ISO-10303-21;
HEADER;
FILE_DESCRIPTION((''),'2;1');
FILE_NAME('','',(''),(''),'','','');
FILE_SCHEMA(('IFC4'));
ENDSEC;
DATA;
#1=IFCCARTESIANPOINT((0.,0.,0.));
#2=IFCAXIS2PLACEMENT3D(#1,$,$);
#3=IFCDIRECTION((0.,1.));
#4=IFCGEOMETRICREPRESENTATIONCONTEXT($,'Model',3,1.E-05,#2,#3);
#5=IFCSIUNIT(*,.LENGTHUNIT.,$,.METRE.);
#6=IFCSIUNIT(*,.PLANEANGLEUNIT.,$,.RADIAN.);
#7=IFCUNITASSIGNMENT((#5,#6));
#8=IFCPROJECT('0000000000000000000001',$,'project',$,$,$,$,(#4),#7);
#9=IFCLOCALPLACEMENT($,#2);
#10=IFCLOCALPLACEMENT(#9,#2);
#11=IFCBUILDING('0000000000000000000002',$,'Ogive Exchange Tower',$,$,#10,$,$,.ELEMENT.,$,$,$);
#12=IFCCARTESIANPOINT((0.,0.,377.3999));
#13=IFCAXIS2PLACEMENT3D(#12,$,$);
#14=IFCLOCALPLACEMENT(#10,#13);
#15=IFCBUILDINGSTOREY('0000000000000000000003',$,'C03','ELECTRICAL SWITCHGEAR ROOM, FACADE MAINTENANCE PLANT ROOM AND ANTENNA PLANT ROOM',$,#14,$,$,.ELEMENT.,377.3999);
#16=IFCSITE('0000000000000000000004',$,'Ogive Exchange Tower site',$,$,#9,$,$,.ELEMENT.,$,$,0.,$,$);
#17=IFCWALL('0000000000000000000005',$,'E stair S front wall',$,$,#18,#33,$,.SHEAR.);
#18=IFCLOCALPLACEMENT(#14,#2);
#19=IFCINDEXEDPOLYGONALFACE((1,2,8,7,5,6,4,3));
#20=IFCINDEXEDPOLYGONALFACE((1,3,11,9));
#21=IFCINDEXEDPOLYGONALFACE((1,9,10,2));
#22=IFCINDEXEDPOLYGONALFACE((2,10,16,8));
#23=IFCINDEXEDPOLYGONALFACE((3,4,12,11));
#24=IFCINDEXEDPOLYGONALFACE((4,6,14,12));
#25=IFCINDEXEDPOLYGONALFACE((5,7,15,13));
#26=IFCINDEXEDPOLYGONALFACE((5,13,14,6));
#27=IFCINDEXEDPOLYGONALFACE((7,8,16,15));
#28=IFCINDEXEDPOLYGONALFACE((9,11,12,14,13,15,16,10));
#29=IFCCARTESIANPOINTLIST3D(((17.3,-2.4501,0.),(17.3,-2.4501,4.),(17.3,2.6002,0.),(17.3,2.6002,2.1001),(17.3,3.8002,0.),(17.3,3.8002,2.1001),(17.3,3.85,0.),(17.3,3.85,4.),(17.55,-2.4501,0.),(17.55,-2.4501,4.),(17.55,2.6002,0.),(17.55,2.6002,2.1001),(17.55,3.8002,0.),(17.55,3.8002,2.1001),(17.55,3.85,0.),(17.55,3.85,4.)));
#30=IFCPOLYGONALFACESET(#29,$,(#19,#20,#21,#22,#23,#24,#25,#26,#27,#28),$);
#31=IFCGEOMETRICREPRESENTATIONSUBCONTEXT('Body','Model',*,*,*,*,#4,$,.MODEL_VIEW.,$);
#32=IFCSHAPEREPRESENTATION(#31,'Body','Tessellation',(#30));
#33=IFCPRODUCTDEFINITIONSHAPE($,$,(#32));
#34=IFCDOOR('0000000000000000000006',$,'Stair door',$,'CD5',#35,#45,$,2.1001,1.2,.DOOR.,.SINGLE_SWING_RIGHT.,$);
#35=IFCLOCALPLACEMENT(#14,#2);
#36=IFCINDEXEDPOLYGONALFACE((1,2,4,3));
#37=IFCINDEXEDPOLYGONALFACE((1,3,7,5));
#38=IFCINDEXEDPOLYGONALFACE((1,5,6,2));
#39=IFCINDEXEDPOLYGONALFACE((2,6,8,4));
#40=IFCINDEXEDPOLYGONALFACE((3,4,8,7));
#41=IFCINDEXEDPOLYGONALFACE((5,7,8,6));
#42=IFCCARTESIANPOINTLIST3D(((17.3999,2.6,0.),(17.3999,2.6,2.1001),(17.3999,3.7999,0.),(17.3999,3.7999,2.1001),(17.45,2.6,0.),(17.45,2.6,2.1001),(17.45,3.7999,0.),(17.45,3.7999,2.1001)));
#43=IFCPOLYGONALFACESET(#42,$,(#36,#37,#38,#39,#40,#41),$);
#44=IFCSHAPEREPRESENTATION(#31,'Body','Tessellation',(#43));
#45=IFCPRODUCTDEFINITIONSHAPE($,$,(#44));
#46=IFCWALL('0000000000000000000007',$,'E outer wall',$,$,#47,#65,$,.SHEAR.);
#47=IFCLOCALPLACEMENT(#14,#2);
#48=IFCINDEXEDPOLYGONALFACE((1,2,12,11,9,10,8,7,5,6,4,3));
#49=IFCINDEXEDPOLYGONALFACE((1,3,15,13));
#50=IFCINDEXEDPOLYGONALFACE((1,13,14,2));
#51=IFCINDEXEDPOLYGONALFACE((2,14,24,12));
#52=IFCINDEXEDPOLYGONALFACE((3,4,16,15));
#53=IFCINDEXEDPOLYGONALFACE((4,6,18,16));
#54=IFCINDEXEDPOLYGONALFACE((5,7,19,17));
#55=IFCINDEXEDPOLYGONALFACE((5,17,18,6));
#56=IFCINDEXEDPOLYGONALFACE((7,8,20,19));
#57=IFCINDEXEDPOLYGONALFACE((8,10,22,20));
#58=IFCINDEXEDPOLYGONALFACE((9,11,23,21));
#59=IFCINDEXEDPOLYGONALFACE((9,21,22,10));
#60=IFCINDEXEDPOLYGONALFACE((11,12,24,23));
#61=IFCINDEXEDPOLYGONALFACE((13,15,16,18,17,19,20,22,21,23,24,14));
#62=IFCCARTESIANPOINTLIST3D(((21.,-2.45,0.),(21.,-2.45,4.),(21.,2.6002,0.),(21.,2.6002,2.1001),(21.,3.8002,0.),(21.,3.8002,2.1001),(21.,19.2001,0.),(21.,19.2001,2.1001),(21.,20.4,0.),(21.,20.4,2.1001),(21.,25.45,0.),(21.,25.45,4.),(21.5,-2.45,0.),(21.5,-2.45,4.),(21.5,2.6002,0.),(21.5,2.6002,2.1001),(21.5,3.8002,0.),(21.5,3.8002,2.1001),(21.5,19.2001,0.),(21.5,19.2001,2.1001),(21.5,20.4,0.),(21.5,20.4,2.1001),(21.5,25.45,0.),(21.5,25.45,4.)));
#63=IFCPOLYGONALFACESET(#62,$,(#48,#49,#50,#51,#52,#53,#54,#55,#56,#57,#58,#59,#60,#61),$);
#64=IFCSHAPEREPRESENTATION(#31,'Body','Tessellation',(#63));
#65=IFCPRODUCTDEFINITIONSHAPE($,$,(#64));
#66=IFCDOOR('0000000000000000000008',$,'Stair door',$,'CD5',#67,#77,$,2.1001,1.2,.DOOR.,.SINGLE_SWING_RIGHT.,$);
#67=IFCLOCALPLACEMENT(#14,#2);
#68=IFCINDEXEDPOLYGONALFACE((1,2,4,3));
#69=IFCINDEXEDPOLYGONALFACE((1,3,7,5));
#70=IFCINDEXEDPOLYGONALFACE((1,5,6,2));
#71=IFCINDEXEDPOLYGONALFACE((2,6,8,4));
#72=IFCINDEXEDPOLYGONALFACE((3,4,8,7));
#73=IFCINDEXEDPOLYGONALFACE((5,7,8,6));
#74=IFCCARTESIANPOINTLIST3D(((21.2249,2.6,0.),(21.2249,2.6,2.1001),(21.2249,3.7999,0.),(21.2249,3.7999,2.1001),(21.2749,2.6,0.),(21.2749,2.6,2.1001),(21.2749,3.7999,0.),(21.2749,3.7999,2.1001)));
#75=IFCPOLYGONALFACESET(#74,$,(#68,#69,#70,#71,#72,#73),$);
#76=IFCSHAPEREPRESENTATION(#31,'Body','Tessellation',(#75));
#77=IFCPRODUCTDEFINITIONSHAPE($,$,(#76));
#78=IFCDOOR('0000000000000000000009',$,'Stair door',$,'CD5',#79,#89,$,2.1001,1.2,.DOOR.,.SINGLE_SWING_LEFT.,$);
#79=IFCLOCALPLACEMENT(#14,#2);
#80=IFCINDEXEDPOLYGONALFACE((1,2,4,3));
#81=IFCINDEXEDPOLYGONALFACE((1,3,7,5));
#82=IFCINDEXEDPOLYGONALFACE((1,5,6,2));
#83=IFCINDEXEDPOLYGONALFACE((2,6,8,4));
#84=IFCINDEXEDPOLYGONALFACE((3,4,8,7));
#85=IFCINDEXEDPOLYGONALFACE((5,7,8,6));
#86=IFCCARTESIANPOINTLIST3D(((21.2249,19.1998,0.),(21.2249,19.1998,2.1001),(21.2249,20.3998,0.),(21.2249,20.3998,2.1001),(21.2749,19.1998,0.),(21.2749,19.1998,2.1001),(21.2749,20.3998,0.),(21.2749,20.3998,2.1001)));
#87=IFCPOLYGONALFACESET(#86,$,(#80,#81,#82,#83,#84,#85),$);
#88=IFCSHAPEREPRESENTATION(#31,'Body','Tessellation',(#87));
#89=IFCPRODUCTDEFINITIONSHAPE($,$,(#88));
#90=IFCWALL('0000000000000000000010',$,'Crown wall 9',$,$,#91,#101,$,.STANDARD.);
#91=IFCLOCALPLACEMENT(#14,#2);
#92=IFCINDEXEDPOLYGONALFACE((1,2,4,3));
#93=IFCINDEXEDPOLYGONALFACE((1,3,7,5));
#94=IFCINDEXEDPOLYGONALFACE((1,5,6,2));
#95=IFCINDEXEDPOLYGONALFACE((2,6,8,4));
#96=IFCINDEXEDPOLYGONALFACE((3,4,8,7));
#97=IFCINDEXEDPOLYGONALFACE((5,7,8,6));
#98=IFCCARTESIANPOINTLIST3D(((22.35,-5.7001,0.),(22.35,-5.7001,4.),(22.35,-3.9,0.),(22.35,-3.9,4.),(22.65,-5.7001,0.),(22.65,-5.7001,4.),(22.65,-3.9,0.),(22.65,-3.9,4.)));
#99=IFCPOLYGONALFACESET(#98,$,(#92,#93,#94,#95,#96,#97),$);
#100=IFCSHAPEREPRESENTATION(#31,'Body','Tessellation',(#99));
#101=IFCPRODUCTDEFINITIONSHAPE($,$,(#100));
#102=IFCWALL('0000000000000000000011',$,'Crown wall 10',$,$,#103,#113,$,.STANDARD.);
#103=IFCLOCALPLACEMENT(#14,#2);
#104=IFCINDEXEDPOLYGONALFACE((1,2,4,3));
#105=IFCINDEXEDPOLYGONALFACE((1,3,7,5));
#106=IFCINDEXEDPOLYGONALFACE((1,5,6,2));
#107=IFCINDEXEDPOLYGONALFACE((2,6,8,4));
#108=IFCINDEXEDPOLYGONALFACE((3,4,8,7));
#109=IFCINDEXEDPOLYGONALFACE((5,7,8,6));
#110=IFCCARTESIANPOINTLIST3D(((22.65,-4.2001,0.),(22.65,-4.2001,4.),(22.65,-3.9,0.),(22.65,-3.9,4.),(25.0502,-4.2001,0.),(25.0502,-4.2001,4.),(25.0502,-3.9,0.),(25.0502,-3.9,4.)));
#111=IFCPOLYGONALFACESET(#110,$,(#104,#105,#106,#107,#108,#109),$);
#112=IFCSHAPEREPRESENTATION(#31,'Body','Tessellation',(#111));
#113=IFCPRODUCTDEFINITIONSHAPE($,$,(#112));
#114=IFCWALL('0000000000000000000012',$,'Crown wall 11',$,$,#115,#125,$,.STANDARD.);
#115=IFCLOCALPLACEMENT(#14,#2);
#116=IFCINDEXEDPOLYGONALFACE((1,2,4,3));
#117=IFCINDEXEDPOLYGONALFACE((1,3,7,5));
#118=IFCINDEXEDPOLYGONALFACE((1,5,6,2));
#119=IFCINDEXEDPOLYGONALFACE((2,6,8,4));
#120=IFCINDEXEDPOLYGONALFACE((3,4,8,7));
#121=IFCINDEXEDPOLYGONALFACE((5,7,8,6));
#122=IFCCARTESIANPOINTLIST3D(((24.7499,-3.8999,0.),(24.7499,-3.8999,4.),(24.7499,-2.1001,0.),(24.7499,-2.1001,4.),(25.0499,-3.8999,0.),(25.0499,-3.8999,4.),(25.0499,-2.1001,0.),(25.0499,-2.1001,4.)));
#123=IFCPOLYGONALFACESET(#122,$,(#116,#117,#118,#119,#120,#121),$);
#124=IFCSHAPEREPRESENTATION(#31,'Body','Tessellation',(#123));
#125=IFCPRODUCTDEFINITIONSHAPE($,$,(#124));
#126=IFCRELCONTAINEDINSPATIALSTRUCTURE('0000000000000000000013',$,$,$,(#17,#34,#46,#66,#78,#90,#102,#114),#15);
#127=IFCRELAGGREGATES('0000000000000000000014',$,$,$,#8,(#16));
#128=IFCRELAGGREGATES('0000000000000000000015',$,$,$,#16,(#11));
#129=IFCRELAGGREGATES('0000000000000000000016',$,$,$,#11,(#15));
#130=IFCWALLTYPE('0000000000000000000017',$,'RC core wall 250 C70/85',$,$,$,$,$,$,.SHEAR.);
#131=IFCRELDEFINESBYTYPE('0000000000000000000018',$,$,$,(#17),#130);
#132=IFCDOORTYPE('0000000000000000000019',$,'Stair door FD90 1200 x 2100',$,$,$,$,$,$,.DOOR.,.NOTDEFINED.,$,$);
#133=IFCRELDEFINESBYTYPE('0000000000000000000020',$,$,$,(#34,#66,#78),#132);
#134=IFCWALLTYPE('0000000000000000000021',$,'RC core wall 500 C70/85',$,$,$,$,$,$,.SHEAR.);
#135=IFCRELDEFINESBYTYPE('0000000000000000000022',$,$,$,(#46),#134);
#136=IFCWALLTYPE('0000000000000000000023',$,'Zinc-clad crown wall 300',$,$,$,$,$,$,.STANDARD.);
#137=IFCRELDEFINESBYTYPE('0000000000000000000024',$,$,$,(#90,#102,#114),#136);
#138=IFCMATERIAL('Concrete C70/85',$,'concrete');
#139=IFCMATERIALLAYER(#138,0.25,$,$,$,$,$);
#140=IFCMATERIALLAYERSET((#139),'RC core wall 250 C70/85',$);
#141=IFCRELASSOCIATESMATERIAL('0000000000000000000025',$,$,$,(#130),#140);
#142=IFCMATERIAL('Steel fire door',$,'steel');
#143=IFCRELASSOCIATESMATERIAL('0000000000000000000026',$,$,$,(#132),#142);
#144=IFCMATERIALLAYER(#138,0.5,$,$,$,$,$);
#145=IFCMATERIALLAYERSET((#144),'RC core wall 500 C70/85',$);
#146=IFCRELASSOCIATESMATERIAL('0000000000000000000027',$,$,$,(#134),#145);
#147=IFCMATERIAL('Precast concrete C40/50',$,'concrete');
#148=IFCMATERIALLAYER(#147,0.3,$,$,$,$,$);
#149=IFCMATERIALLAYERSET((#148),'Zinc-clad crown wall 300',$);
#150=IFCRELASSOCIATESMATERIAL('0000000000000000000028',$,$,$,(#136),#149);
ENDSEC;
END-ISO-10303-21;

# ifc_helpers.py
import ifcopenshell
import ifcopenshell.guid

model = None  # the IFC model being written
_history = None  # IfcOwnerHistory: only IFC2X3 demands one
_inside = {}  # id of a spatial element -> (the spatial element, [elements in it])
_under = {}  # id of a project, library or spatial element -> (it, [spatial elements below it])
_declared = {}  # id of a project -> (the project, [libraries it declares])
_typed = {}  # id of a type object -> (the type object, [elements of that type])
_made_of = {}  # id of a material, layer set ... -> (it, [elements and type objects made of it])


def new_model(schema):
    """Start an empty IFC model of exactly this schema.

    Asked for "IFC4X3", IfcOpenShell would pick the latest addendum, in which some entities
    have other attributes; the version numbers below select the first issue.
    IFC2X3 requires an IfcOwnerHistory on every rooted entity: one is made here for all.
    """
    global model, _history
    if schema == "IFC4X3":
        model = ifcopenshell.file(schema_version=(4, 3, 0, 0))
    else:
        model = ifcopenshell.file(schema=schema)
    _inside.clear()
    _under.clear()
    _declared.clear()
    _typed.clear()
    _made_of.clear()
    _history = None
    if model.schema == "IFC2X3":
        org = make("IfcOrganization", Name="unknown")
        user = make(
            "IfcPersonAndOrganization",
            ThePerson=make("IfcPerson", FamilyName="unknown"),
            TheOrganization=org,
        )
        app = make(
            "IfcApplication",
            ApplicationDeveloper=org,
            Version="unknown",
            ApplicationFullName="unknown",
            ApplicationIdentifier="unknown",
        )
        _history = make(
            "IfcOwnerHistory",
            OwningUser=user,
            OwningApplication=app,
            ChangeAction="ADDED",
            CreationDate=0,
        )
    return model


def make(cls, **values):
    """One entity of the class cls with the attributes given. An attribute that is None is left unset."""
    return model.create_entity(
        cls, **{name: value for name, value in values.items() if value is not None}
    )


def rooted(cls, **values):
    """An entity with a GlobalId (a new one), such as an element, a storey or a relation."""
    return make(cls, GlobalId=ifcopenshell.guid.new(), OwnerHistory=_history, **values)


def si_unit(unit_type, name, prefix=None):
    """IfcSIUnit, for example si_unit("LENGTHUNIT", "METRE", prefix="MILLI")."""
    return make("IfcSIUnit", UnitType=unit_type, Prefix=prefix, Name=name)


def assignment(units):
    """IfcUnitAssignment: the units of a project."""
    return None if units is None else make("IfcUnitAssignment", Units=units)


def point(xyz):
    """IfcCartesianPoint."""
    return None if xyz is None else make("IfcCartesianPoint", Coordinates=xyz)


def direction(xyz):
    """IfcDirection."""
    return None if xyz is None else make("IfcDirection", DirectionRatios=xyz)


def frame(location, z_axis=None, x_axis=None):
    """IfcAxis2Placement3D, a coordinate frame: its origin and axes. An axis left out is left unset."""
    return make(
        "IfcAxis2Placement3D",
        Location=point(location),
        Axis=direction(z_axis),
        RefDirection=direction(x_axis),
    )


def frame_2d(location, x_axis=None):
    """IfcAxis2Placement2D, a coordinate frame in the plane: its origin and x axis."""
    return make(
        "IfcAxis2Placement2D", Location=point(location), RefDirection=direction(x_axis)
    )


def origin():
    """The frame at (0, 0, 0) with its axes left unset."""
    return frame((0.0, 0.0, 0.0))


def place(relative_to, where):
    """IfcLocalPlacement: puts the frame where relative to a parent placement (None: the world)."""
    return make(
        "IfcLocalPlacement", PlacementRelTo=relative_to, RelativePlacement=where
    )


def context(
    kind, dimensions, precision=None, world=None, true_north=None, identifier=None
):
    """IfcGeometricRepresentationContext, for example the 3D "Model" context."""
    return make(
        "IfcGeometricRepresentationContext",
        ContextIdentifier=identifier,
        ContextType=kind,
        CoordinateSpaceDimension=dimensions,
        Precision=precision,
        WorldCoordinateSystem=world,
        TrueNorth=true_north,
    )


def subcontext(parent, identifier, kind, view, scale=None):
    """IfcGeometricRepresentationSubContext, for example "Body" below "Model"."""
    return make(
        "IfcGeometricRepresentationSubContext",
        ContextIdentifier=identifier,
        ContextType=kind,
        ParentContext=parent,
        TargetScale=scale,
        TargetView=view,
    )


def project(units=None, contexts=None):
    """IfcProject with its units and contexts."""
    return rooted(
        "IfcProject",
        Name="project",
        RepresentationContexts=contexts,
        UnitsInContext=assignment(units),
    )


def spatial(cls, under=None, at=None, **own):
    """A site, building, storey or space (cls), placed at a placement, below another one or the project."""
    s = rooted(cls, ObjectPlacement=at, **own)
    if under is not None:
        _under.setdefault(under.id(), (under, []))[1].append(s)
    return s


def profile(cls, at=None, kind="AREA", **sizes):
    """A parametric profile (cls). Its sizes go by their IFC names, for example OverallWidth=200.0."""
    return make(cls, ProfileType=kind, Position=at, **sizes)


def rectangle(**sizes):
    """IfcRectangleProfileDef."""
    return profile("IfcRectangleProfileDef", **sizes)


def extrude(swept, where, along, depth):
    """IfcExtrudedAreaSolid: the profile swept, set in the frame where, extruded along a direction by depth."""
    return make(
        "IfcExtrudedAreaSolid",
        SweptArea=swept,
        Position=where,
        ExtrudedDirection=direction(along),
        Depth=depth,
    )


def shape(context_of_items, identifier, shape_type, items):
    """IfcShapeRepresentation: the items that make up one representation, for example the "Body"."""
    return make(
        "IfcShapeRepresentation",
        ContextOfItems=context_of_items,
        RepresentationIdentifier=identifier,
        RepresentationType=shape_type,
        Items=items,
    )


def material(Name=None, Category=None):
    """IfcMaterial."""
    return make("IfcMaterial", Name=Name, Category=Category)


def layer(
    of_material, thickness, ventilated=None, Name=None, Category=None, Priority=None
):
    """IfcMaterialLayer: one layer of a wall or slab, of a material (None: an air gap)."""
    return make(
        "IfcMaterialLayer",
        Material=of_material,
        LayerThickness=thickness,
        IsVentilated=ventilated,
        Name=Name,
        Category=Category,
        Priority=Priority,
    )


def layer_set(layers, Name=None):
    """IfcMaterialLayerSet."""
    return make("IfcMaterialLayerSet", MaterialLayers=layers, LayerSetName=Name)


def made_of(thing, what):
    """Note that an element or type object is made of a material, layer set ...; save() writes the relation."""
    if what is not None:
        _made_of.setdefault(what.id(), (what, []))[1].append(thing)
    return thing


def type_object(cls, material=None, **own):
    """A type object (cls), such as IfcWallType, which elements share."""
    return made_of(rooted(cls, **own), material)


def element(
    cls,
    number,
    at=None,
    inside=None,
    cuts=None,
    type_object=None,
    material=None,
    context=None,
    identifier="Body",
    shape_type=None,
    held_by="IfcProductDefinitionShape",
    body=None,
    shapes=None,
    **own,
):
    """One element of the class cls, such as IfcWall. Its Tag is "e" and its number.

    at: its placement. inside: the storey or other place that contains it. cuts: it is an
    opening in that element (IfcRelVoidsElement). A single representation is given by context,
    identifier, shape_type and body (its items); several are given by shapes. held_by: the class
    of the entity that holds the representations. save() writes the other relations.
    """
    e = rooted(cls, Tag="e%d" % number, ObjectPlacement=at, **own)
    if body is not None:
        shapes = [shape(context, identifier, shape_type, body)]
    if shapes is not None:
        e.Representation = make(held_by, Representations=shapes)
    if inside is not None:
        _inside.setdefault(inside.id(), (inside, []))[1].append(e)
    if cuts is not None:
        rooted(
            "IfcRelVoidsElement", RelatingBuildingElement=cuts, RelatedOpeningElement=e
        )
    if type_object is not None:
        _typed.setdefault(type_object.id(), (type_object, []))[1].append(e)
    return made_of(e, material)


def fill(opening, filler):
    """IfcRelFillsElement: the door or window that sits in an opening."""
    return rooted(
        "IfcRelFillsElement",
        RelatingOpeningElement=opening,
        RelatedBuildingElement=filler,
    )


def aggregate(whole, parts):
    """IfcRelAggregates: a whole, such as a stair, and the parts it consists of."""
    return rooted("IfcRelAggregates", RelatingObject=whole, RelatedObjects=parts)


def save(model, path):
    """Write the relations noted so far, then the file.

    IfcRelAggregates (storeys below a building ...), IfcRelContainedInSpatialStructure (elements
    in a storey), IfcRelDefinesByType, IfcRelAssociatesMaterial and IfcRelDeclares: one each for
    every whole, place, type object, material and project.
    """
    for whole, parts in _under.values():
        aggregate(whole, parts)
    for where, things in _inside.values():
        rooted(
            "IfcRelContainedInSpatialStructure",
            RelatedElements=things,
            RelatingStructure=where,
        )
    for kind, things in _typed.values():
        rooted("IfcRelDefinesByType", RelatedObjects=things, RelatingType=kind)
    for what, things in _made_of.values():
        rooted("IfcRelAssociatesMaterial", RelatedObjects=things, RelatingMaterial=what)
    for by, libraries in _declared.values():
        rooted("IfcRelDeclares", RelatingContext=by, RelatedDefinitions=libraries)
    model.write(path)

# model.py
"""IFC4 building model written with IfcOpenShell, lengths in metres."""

from ifc_helpers import new_model, si_unit, direction, frame, frame_2d, origin, place, context, subcontext, project, spatial, rectangle, extrude, material, layer, layer_set, type_object, element, fill, save


model = new_model("IFC4")

# Units and contexts
model_context = context("Model", 3, precision=1e-05, world=origin(), true_north=direction((0.0, 1.0)))
body_context = subcontext(model_context, "Body", "Model", "MODEL_VIEW")
ifc_project = project(units=[si_unit("LENGTHUNIT", "METRE"), si_unit("PLANEANGLEUNIT", "RADIAN")], contexts=[model_context])

# Site, building, storey
site_placement = place(None, origin())
site = spatial("IfcSite", under=ifc_project, at=site_placement, Name="Ogive Exchange Tower site", CompositionType="ELEMENT", RefElevation=0.0)
building_placement = place(site_placement, origin())
building = spatial("IfcBuilding", under=site, at=building_placement, Name="Ogive Exchange Tower", CompositionType="ELEMENT")
storey_placement = place(building_placement, frame((0.0, 0.0, 377.3999)))
storey = spatial("IfcBuildingStorey", under=building, at=storey_placement, Name="C03", Description="ELECTRICAL SWITCHGEAR ROOM, FACADE MAINTENANCE PLANT ROOM AND ANTENNA PLANT ROOM", CompositionType="ELEMENT", Elevation=377.3999)

# Wall, opening, door
ifc_material_1 = material(Name="Concrete C70/85", Category="concrete")
ifc_layer_1 = layer(ifc_material_1, 0.25)
ifc_layer_set_1 = layer_set([ifc_layer_1], Name="RC core wall 250 C70/85")
wall_type_1 = type_object("IfcWallType", Name="RC core wall 250 C70/85", PredefinedType="SHEAR", material=ifc_layer_set_1)
wall_1_placement = place(storey_placement, frame((17.425, -2.45, 0.0), z_axis=(0.0, 0.0, 1.0), x_axis=(0.0, 1.0, 0.0)))
wall_1 = element("IfcWall", 1, at=wall_1_placement, inside=storey, type_object=wall_type_1, Name="E stair S front wall", PredefinedType="SHEAR", context=body_context, shape_type="SweptSolid", body=[
    extrude(rectangle(XDim=6.3, YDim=0.25, at=frame_2d((3.1499, 0.0))), origin(), (0.0, 0.0, 1.0), 4.0),
])
opening_1_placement = place(wall_1_placement, frame((5.05, 0.0, 0.0)))
opening_1 = element("IfcOpeningElement", 2, at=opening_1_placement, cuts=wall_1, PredefinedType="OPENING", context=body_context, shape_type="SweptSolid", body=[
    extrude(rectangle(XDim=1.2, YDim=2.1001, at=frame_2d((0.6001, 1.05))), frame((0.0, 0.135, 0.0), z_axis=(0.0, -1.0, 0.0), x_axis=(1.0, 0.0, 0.0)), (0.0, 0.0, 1.0), 0.27),
])
ifc_material_2 = material(Name="Steel fire door", Category="steel")
door_type = type_object("IfcDoorType", Name="Stair door FD90 1200 x 2100", OperationType="NOTDEFINED", PredefinedType="DOOR", material=ifc_material_2)
door_1_placement = place(opening_1_placement, frame((1.2, 0.0, 0.0), z_axis=(0.0, 0.0, 1.0), x_axis=(-1.0, 0.0, 0.0)))
door_1 = element("IfcDoor", 3, at=door_1_placement, inside=storey, type_object=door_type, Name="Stair door", ObjectType="CD5", OperationType="SINGLE_SWING_RIGHT", OverallHeight=2.1001, OverallWidth=1.2, PredefinedType="DOOR", context=body_context, shape_type="SweptSolid", body=[
    extrude(rectangle(XDim=1.2, YDim=2.1001, at=frame_2d((0.6001, 1.05))), frame((0.0, 0.0249, 0.0), z_axis=(0.0, -1.0, 0.0), x_axis=(1.0, 0.0, 0.0)), (0.0, 0.0, 1.0), 0.05),
])
fill(opening_1, door_1)

# Wall, openings, doors
ifc_layer_2 = layer(ifc_material_1, 0.5)
ifc_layer_set_2 = layer_set([ifc_layer_2], Name="RC core wall 500 C70/85")
wall_type_2 = type_object("IfcWallType", Name="RC core wall 500 C70/85", PredefinedType="SHEAR", material=ifc_layer_set_2)
wall_2_placement = place(storey_placement, frame((21.25, -2.45, 0.0), z_axis=(0.0, 0.0, 1.0), x_axis=(0.0, 1.0, 0.0)))
wall_2 = element("IfcWall", 4, at=wall_2_placement, inside=storey, type_object=wall_type_2, Name="E outer wall", PredefinedType="SHEAR", context=body_context, shape_type="SweptSolid", body=[
    extrude(rectangle(XDim=27.8999, YDim=0.5, at=frame_2d((13.95, 0.0))), origin(), (0.0, 0.0, 1.0), 4.0),
])
opening_2_placement = place(wall_2_placement, frame((5.05, 0.0, 0.0)))
opening_2 = element("IfcOpeningElement", 5, at=opening_2_placement, cuts=wall_2, PredefinedType="OPENING", context=body_context, shape_type="SweptSolid", body=[
    extrude(rectangle(XDim=1.2, YDim=2.1001, at=frame_2d((0.6001, 1.05))), frame((0.0, 0.26, 0.0), z_axis=(0.0, -1.0, 0.0), x_axis=(1.0, 0.0, 0.0)), (0.0, 0.0, 1.0), 0.52),
])
opening_3_placement = place(wall_2_placement, frame((21.6499, 0.0, 0.0)))
opening_3 = element("IfcOpeningElement", 6, at=opening_3_placement, cuts=wall_2, PredefinedType="OPENING", context=body_context, shape_type="SweptSolid", body=[
    extrude(rectangle(XDim=1.2, YDim=2.1001, at=frame_2d((0.6001, 1.05))), frame((0.0, 0.26, 0.0), z_axis=(0.0, -1.0, 0.0), x_axis=(1.0, 0.0, 0.0)), (0.0, 0.0, 1.0), 0.52),
])
door_2_placement = place(opening_2_placement, frame((1.2, 0.0, 0.0), z_axis=(0.0, 0.0, 1.0), x_axis=(-1.0, 0.0, 0.0)))
door_2 = element("IfcDoor", 7, at=door_2_placement, inside=storey, type_object=door_type, Name="Stair door", ObjectType="CD5", OperationType="SINGLE_SWING_RIGHT", OverallHeight=2.1001, OverallWidth=1.2, PredefinedType="DOOR", context=body_context, shape_type="SweptSolid", body=[
    extrude(rectangle(XDim=1.2, YDim=2.1001, at=frame_2d((0.6001, 1.05))), frame((0.0, 0.0249, 0.0), z_axis=(0.0, -1.0, 0.0), x_axis=(1.0, 0.0, 0.0)), (0.0, 0.0, 1.0), 0.05),
])
fill(opening_2, door_2)
door_3_placement = place(opening_3_placement, frame((1.2, 0.0, 0.0), z_axis=(0.0, 0.0, 1.0), x_axis=(-1.0, 0.0, 0.0)))
door_3 = element("IfcDoor", 8, at=door_3_placement, inside=storey, type_object=door_type, Name="Stair door", ObjectType="CD5", OperationType="SINGLE_SWING_LEFT", OverallHeight=2.1001, OverallWidth=1.2, PredefinedType="DOOR", context=body_context, shape_type="SweptSolid", body=[
    extrude(rectangle(XDim=1.2, YDim=2.1001, at=frame_2d((0.6001, 1.05))), frame((0.0, 0.0249, 0.0), z_axis=(0.0, -1.0, 0.0), x_axis=(1.0, 0.0, 0.0)), (0.0, 0.0, 1.0), 0.05),
])
fill(opening_3, door_3)

# Walls
ifc_material_3 = material(Name="Precast concrete C40/50", Category="concrete")
ifc_layer_3 = layer(ifc_material_3, 0.3)
ifc_layer_set_3 = layer_set([ifc_layer_3], Name="Zinc-clad crown wall 300")
wall_type_3 = type_object("IfcWallType", Name="Zinc-clad crown wall 300", PredefinedType="STANDARD", material=ifc_layer_set_3)
wall_3_placement = place(storey_placement, frame((22.5, -5.7, 0.0), z_axis=(0.0, 0.0, 1.0), x_axis=(0.0, 1.0, 0.0)))
element("IfcWall", 9, at=wall_3_placement, inside=storey, type_object=wall_type_3, Name="Crown wall 9", PredefinedType="STANDARD", context=body_context, shape_type="SweptSolid", body=[
    extrude(rectangle(XDim=1.8, YDim=0.3, at=frame_2d((0.8999, 0.0))), origin(), (0.0, 0.0, 1.0), 4.0),
])
wall_4_placement = place(storey_placement, frame((22.6499, -4.05, 0.0), z_axis=(0.0, 0.0, 1.0), x_axis=(1.0, 0.0, 0.0)))
element("IfcWall", 10, at=wall_4_placement, inside=storey, type_object=wall_type_3, Name="Crown wall 10", PredefinedType="STANDARD", context=body_context, shape_type="SweptSolid", body=[
    extrude(rectangle(XDim=2.4001, YDim=0.3, at=frame_2d((1.2002, 0.0))), origin(), (0.0, 0.0, 1.0), 4.0),
])
wall_5_placement = place(storey_placement, frame((24.8999, -3.8999, 0.0), z_axis=(0.0, 0.0, 1.0), x_axis=(0.0, 1.0, 0.0)))
element("IfcWall", 11, at=wall_5_placement, inside=storey, type_object=wall_type_3, Name="Crown wall 11", PredefinedType="STANDARD", context=body_context, shape_type="SweptSolid", body=[
    extrude(rectangle(XDim=1.7998, YDim=0.3, at=frame_2d((0.8999, 0.0))), origin(), (0.0, 0.0, 1.0), 4.0),
])

save(model, "model.ifc")
